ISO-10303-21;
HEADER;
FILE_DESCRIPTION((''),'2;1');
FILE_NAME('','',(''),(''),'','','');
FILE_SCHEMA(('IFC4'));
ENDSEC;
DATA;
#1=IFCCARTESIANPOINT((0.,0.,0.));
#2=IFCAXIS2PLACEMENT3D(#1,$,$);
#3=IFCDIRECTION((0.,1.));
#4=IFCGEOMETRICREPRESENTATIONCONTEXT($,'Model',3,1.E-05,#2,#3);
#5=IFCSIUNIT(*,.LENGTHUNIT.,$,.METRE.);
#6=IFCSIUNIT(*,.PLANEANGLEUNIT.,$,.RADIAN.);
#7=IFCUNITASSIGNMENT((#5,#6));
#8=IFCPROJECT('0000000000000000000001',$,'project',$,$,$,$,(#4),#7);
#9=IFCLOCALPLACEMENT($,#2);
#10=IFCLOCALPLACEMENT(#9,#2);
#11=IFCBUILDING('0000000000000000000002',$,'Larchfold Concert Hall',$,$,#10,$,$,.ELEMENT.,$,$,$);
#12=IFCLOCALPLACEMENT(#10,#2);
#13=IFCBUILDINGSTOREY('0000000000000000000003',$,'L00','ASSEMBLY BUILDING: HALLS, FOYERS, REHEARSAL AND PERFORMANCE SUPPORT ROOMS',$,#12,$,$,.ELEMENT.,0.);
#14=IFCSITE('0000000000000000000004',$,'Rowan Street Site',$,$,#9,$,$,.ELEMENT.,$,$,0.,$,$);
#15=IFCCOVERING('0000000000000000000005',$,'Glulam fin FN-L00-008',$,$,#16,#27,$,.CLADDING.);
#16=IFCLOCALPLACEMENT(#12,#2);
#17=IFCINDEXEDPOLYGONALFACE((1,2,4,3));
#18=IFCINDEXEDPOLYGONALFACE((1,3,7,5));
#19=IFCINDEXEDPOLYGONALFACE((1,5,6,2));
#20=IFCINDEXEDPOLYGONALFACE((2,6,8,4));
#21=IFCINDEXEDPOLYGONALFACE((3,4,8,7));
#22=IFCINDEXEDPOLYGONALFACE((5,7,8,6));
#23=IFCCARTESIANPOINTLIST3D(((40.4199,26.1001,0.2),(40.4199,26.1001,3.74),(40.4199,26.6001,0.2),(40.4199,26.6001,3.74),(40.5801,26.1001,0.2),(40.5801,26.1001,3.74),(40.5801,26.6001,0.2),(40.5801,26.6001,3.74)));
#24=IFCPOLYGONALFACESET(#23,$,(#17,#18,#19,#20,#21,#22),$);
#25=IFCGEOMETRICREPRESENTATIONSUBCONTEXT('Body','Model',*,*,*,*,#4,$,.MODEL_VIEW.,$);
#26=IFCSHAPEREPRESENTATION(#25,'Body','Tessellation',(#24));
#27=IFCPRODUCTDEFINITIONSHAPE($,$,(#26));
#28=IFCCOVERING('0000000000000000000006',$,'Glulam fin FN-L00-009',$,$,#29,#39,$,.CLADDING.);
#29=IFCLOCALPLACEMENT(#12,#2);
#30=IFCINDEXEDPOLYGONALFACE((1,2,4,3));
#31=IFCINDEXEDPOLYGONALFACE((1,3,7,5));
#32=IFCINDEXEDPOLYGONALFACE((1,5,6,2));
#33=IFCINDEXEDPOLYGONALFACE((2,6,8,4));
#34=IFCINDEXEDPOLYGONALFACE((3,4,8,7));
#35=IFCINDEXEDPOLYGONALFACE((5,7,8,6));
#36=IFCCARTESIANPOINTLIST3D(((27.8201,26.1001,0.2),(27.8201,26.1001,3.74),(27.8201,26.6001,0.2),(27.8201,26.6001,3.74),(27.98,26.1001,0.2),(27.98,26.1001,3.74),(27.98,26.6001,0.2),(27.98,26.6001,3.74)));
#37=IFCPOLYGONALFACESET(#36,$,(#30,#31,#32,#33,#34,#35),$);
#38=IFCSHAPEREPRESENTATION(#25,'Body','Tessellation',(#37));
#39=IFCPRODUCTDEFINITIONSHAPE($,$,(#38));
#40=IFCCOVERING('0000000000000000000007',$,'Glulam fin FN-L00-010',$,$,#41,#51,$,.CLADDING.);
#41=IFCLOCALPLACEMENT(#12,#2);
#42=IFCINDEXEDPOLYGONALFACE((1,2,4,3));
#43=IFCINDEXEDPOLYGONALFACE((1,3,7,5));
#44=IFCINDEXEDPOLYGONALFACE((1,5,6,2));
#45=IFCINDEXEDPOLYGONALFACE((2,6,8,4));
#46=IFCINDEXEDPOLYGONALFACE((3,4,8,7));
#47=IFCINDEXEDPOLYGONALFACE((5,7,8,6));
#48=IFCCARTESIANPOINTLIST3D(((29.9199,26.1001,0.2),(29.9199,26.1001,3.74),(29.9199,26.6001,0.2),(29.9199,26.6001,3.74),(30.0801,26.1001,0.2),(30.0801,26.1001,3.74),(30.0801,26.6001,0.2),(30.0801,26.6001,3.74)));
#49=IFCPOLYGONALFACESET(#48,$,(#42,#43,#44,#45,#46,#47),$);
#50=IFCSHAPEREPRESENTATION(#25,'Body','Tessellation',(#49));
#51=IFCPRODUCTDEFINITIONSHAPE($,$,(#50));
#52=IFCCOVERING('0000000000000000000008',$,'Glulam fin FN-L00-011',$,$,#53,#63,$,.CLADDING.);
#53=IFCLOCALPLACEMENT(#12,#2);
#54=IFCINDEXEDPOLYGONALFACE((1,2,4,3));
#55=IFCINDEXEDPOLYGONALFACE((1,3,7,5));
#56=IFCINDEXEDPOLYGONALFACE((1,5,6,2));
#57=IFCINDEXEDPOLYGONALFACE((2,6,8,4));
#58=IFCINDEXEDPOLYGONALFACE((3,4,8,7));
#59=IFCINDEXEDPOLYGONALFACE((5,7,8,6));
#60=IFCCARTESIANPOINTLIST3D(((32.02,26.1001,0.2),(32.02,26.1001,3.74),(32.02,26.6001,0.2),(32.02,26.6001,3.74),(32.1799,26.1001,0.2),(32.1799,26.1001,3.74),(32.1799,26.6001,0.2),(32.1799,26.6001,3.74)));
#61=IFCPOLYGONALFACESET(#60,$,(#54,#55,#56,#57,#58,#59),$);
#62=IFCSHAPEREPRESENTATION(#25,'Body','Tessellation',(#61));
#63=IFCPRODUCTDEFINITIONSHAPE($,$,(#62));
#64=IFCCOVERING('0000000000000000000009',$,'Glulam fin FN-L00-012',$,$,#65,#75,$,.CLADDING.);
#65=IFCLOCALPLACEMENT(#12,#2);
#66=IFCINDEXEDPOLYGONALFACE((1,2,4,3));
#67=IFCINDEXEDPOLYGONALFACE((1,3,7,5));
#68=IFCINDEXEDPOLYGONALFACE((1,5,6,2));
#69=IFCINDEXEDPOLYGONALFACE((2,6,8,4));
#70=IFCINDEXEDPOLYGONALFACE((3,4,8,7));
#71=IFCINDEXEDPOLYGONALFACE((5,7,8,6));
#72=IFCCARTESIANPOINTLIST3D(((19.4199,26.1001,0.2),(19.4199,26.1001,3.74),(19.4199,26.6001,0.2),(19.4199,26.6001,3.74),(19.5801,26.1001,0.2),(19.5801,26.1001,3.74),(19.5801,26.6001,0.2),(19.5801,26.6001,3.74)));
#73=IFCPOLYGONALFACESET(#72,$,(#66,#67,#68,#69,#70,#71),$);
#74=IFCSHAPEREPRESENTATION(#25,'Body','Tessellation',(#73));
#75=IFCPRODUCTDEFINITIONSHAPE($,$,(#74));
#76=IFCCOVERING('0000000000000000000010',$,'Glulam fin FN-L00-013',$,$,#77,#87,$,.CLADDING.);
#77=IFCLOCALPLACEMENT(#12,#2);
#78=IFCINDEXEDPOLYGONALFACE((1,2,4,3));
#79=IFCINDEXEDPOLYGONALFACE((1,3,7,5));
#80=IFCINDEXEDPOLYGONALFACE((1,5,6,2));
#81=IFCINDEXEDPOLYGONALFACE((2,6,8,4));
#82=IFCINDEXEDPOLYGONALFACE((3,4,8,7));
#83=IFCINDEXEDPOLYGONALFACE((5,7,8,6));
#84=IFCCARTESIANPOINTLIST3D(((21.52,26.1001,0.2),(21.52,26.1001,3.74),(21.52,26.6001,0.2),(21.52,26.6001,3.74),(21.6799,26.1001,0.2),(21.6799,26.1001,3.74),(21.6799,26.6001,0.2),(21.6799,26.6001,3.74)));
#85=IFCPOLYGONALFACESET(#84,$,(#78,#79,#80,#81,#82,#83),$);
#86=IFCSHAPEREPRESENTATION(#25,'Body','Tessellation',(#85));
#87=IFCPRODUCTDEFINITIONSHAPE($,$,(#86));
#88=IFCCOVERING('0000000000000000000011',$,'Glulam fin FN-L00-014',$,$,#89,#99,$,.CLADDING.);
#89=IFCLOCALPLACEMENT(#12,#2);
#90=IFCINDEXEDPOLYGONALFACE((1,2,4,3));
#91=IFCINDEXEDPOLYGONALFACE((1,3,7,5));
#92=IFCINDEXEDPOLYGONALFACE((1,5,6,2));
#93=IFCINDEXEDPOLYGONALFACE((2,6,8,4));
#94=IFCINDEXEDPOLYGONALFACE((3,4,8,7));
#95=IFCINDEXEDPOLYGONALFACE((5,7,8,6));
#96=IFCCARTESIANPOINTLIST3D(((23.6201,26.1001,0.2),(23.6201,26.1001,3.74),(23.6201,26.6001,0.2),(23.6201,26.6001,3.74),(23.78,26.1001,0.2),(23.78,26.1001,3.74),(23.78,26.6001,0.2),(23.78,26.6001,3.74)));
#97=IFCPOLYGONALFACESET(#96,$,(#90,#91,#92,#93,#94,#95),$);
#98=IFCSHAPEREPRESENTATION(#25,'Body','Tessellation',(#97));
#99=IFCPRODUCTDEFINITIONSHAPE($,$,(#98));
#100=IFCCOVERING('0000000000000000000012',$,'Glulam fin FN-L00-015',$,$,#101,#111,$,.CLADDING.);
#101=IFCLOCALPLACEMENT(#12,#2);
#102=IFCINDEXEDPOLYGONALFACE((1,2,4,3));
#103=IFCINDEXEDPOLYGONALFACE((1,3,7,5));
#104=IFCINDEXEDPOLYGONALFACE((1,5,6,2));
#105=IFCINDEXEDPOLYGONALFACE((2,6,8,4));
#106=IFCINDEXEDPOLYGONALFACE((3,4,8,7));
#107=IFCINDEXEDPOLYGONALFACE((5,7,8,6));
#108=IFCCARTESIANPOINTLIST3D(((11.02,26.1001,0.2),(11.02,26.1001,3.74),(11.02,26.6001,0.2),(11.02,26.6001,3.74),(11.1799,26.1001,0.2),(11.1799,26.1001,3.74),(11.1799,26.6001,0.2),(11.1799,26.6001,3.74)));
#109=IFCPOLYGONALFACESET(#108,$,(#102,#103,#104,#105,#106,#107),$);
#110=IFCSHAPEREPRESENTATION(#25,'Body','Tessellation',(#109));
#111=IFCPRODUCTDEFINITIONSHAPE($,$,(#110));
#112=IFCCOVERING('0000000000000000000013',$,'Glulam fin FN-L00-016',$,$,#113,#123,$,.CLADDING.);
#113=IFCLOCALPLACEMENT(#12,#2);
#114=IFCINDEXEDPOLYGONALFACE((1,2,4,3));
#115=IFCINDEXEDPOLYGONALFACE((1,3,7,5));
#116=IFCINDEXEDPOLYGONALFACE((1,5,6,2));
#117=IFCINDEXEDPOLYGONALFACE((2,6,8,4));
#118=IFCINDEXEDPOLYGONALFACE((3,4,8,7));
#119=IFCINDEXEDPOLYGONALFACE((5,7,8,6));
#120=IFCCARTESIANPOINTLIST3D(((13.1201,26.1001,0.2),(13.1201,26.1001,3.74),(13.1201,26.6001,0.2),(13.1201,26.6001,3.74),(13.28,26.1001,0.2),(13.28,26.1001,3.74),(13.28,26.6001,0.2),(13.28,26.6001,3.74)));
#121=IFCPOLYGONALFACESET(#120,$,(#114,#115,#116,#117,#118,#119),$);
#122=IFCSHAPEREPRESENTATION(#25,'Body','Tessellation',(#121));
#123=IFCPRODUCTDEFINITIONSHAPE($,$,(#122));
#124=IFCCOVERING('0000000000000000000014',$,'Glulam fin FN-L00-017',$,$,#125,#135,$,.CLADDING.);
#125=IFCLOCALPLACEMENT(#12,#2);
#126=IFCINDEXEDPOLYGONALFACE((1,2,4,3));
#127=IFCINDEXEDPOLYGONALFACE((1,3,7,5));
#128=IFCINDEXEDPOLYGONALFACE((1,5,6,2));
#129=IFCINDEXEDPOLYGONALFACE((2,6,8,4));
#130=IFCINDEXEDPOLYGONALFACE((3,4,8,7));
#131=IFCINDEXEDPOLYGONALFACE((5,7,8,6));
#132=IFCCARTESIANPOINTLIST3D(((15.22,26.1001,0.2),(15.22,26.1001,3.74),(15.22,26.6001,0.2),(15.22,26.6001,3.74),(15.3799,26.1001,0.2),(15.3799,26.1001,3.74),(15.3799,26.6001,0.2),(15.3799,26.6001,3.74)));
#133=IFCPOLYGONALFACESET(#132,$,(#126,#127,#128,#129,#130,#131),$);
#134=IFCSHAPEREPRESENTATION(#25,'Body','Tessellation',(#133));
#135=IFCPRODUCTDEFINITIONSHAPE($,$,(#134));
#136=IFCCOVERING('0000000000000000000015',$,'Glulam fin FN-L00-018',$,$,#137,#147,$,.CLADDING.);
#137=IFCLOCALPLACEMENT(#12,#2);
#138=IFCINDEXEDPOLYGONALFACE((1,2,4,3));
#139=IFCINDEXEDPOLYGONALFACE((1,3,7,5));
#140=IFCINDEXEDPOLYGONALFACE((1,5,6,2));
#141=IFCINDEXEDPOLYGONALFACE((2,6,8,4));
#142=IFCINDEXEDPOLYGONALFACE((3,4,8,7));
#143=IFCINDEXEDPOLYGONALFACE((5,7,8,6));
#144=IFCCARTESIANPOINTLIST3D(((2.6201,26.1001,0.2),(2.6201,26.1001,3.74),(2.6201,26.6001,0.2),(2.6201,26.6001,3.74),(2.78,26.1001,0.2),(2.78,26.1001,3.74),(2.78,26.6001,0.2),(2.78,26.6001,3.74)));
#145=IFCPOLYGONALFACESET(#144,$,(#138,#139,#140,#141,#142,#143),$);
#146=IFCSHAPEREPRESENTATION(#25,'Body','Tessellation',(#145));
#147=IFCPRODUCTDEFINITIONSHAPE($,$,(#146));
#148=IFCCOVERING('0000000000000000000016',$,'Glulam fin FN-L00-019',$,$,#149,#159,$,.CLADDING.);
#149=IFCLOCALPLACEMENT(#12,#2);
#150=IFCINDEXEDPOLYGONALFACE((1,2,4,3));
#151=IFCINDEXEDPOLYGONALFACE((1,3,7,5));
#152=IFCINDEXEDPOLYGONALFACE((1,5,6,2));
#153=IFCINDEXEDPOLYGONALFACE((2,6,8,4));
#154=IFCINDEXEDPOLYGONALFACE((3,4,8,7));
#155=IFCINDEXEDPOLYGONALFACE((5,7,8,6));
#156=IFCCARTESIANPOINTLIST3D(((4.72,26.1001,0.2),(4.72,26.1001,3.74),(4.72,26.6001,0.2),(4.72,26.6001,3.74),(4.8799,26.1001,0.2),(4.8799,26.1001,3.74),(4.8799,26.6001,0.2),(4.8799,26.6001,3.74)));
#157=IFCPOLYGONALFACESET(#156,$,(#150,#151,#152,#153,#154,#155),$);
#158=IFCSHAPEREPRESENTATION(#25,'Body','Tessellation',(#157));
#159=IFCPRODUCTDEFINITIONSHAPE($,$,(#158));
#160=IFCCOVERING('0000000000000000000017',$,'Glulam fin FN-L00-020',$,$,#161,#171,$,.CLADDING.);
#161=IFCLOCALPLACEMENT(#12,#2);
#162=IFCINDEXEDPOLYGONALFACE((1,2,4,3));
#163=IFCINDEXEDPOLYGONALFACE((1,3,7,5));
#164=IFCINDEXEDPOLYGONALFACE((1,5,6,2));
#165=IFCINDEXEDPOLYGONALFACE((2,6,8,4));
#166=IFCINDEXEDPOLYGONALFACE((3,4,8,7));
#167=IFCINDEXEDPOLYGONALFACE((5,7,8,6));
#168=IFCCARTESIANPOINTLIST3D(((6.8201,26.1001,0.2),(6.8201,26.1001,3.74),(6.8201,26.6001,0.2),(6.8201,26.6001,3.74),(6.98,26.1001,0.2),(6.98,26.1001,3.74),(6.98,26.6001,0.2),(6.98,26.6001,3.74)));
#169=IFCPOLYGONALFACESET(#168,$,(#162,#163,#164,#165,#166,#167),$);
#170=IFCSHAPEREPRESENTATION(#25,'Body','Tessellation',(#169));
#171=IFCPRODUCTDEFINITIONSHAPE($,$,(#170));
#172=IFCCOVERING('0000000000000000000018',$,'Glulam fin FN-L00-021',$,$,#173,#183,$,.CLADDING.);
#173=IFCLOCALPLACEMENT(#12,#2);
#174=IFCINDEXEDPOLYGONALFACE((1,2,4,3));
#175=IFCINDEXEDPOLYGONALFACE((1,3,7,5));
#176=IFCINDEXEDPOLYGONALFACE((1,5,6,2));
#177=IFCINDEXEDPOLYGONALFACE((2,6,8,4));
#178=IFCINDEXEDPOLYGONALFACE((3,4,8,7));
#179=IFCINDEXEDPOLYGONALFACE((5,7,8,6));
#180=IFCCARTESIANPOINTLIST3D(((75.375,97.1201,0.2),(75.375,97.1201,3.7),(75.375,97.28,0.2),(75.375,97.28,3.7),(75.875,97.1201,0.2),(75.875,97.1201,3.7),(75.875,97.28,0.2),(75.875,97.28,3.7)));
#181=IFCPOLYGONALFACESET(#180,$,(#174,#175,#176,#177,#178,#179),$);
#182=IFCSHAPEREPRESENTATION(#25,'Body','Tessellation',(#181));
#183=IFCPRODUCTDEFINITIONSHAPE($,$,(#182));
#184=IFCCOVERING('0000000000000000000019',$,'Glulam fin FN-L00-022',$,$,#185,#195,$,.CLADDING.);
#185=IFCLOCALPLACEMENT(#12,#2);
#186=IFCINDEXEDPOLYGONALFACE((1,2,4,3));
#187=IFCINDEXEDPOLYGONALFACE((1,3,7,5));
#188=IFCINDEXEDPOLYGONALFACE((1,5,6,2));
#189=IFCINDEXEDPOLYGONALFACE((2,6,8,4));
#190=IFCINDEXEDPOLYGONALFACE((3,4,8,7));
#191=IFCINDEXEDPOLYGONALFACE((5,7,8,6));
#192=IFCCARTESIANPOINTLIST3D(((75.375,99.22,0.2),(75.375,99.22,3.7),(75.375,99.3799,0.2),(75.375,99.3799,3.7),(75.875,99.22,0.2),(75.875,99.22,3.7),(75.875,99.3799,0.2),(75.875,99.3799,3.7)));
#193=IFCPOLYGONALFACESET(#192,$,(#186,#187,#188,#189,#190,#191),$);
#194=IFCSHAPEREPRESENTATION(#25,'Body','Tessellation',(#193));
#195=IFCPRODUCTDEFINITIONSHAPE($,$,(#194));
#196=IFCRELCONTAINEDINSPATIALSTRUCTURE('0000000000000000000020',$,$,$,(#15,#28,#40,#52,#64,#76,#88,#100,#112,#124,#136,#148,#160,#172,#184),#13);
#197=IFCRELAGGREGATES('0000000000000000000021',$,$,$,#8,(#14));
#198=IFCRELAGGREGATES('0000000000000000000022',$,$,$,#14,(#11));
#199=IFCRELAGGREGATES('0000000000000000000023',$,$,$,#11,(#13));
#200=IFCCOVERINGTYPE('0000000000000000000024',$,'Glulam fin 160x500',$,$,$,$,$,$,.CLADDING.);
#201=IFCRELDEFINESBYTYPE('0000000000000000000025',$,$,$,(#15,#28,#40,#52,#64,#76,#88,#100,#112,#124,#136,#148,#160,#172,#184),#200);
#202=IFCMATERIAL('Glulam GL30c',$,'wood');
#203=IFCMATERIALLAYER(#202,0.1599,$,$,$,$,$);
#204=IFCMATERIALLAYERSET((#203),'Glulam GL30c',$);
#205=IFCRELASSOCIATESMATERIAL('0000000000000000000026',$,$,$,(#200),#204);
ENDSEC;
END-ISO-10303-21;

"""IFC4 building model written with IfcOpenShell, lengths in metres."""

from ifc_helpers import new_model, si_unit, direction, frame, origin, place, context, subcontext, project, spatial, polyline, outline, extrude, material, layer, layer_set, type_object, element, save


model = new_model("IFC4")

# Units and contexts
model_context = context("Model", 3, precision=1e-05, world=origin(), true_north=direction((0.0, 1.0)))
body_context = subcontext(model_context, "Body", "Model", "MODEL_VIEW")
ifc_project = project(units=[si_unit("LENGTHUNIT", "METRE"), si_unit("PLANEANGLEUNIT", "RADIAN")], contexts=[model_context])

# Site, building, storey
site_placement = place(None, origin())
site = spatial("IfcSite", under=ifc_project, at=site_placement, Name="Rowan Street Site", CompositionType="ELEMENT", RefElevation=0.0)
building_placement = place(site_placement, origin())
building = spatial("IfcBuilding", under=site, at=building_placement, Name="Larchfold Concert Hall", CompositionType="ELEMENT")
storey_placement = place(building_placement, origin())
storey = spatial("IfcBuildingStorey", under=building, at=storey_placement, Name="L00", Description="ASSEMBLY BUILDING: HALLS, FOYERS, REHEARSAL AND PERFORMANCE SUPPORT ROOMS", CompositionType="ELEMENT", Elevation=0.0)

# Coverings
ifc_material_1 = material(Name="Glulam GL30c", Category="wood")
ifc_layer_1 = layer(ifc_material_1, 0.1599)
ifc_layer_set_1 = layer_set([ifc_layer_1], Name="Glulam GL30c")
covering_type_1 = type_object("IfcCoveringType", Name="Glulam fin 160x500", PredefinedType="CLADDING", material=ifc_layer_set_1)
covering_1_placement = place(storey_placement, frame((0.0, 0.0, 0.2)))
element("IfcCovering", 1, at=covering_1_placement, inside=storey, type_object=covering_type_1, Name="Glulam fin FN-L00-008", PredefinedType="CLADDING", context=body_context, shape_type="SweptSolid", body=[
    extrude(outline(polyline([(40.5801, 26.1001), (40.5801, 26.6001), (40.4199, 26.6001), (40.4199, 26.1001), (40.5801, 26.1001)])), origin(), (0.0, 0.0, 1.0), 3.54),
])
covering_2_placement = place(storey_placement, frame((0.0, 0.0, 0.2)))
element("IfcCovering", 2, at=covering_2_placement, inside=storey, type_object=covering_type_1, Name="Glulam fin FN-L00-009", PredefinedType="CLADDING", context=body_context, shape_type="SweptSolid", body=[
    extrude(outline(polyline([(27.98, 26.1001), (27.98, 26.6001), (27.8201, 26.6001), (27.8201, 26.1001), (27.98, 26.1001)])), origin(), (0.0, 0.0, 1.0), 3.54),
])
covering_3_placement = place(storey_placement, frame((0.0, 0.0, 0.2)))
element("IfcCovering", 3, at=covering_3_placement, inside=storey, type_object=covering_type_1, Name="Glulam fin FN-L00-010", PredefinedType="CLADDING", context=body_context, shape_type="SweptSolid", body=[
    extrude(outline(polyline([(30.0801, 26.1001), (30.0801, 26.6001), (29.9199, 26.6001), (29.9199, 26.1001), (30.0801, 26.1001)])), origin(), (0.0, 0.0, 1.0), 3.54),
])
covering_4_placement = place(storey_placement, frame((0.0, 0.0, 0.2)))
element("IfcCovering", 4, at=covering_4_placement, inside=storey, type_object=covering_type_1, Name="Glulam fin FN-L00-011", PredefinedType="CLADDING", context=body_context, shape_type="SweptSolid", body=[
    extrude(outline(polyline([(32.1799, 26.1001), (32.1799, 26.6001), (32.02, 26.6001), (32.02, 26.1001), (32.1799, 26.1001)])), origin(), (0.0, 0.0, 1.0), 3.54),
])
covering_5_placement = place(storey_placement, frame((0.0, 0.0, 0.2)))
element("IfcCovering", 5, at=covering_5_placement, inside=storey, type_object=covering_type_1, Name="Glulam fin FN-L00-012", PredefinedType="CLADDING", context=body_context, shape_type="SweptSolid", body=[
    extrude(outline(polyline([(19.5801, 26.1001), (19.5801, 26.6001), (19.4199, 26.6001), (19.4199, 26.1001), (19.5801, 26.1001)])), origin(), (0.0, 0.0, 1.0), 3.54),
])
covering_6_placement = place(storey_placement, frame((0.0, 0.0, 0.2)))
element("IfcCovering", 6, at=covering_6_placement, inside=storey, type_object=covering_type_1, Name="Glulam fin FN-L00-013", PredefinedType="CLADDING", context=body_context, shape_type="SweptSolid", body=[
    extrude(outline(polyline([(21.6799, 26.1001), (21.6799, 26.6001), (21.52, 26.6001), (21.52, 26.1001), (21.6799, 26.1001)])), origin(), (0.0, 0.0, 1.0), 3.54),
])
covering_7_placement = place(storey_placement, frame((0.0, 0.0, 0.2)))
element("IfcCovering", 7, at=covering_7_placement, inside=storey, type_object=covering_type_1, Name="Glulam fin FN-L00-014", PredefinedType="CLADDING", context=body_context, shape_type="SweptSolid", body=[
    extrude(outline(polyline([(23.78, 26.1001), (23.78, 26.6001), (23.6201, 26.6001), (23.6201, 26.1001), (23.78, 26.1001)])), origin(), (0.0, 0.0, 1.0), 3.54),
])
covering_8_placement = place(storey_placement, frame((0.0, 0.0, 0.2)))
element("IfcCovering", 8, at=covering_8_placement, inside=storey, type_object=covering_type_1, Name="Glulam fin FN-L00-015", PredefinedType="CLADDING", context=body_context, shape_type="SweptSolid", body=[
    extrude(outline(polyline([(11.1799, 26.1001), (11.1799, 26.6001), (11.02, 26.6001), (11.02, 26.1001), (11.1799, 26.1001)])), origin(), (0.0, 0.0, 1.0), 3.54),
])
covering_9_placement = place(storey_placement, frame((0.0, 0.0, 0.2)))
element("IfcCovering", 9, at=covering_9_placement, inside=storey, type_object=covering_type_1, Name="Glulam fin FN-L00-016", PredefinedType="CLADDING", context=body_context, shape_type="SweptSolid", body=[
    extrude(outline(polyline([(13.28, 26.1001), (13.28, 26.6001), (13.1201, 26.6001), (13.1201, 26.1001), (13.28, 26.1001)])), origin(), (0.0, 0.0, 1.0), 3.54),
])
covering_10_placement = place(storey_placement, frame((0.0, 0.0, 0.2)))
element("IfcCovering", 10, at=covering_10_placement, inside=storey, type_object=covering_type_1, Name="Glulam fin FN-L00-017", PredefinedType="CLADDING", context=body_context, shape_type="SweptSolid", body=[
    extrude(outline(polyline([(15.3799, 26.1001), (15.3799, 26.6001), (15.22, 26.6001), (15.22, 26.1001), (15.3799, 26.1001)])), origin(), (0.0, 0.0, 1.0), 3.54),
])
covering_11_placement = place(storey_placement, frame((0.0, 0.0, 0.2)))
element("IfcCovering", 11, at=covering_11_placement, inside=storey, type_object=covering_type_1, Name="Glulam fin FN-L00-018", PredefinedType="CLADDING", context=body_context, shape_type="SweptSolid", body=[
    extrude(outline(polyline([(2.78, 26.1001), (2.78, 26.6001), (2.6201, 26.6001), (2.6201, 26.1001), (2.78, 26.1001)])), origin(), (0.0, 0.0, 1.0), 3.54),
])
covering_12_placement = place(storey_placement, frame((0.0, 0.0, 0.2)))
element("IfcCovering", 12, at=covering_12_placement, inside=storey, type_object=covering_type_1, Name="Glulam fin FN-L00-019", PredefinedType="CLADDING", context=body_context, shape_type="SweptSolid", body=[
    extrude(outline(polyline([(4.8799, 26.1001), (4.8799, 26.6001), (4.72, 26.6001), (4.72, 26.1001), (4.8799, 26.1001)])), origin(), (0.0, 0.0, 1.0), 3.54),
])
covering_13_placement = place(storey_placement, frame((0.0, 0.0, 0.2)))
element("IfcCovering", 13, at=covering_13_placement, inside=storey, type_object=covering_type_1, Name="Glulam fin FN-L00-020", PredefinedType="CLADDING", context=body_context, shape_type="SweptSolid", body=[
    extrude(outline(polyline([(6.98, 26.1001), (6.98, 26.6001), (6.8201, 26.6001), (6.8201, 26.1001), (6.98, 26.1001)])), origin(), (0.0, 0.0, 1.0), 3.54),
])
covering_14_placement = place(storey_placement, frame((0.0, 0.0, 0.2)))
element("IfcCovering", 14, at=covering_14_placement, inside=storey, type_object=covering_type_1, Name="Glulam fin FN-L00-021", PredefinedType="CLADDING", context=body_context, shape_type="SweptSolid", body=[
    extrude(outline(polyline([(75.875, 97.1201), (75.875, 97.28), (75.375, 97.28), (75.375, 97.1201), (75.875, 97.1201)])), origin(), (0.0, 0.0, 1.0), 3.5),
])
covering_15_placement = place(storey_placement, frame((0.0, 0.0, 0.2)))
element("IfcCovering", 15, at=covering_15_placement, inside=storey, type_object=covering_type_1, Name="Glulam fin FN-L00-022", PredefinedType="CLADDING", context=body_context, shape_type="SweptSolid", body=[
    extrude(outline(polyline([(75.875, 99.22), (75.875, 99.3799), (75.375, 99.3799), (75.375, 99.22), (75.875, 99.22)])), origin(), (0.0, 0.0, 1.0), 3.5),
])

save(model, "model.ifc")
